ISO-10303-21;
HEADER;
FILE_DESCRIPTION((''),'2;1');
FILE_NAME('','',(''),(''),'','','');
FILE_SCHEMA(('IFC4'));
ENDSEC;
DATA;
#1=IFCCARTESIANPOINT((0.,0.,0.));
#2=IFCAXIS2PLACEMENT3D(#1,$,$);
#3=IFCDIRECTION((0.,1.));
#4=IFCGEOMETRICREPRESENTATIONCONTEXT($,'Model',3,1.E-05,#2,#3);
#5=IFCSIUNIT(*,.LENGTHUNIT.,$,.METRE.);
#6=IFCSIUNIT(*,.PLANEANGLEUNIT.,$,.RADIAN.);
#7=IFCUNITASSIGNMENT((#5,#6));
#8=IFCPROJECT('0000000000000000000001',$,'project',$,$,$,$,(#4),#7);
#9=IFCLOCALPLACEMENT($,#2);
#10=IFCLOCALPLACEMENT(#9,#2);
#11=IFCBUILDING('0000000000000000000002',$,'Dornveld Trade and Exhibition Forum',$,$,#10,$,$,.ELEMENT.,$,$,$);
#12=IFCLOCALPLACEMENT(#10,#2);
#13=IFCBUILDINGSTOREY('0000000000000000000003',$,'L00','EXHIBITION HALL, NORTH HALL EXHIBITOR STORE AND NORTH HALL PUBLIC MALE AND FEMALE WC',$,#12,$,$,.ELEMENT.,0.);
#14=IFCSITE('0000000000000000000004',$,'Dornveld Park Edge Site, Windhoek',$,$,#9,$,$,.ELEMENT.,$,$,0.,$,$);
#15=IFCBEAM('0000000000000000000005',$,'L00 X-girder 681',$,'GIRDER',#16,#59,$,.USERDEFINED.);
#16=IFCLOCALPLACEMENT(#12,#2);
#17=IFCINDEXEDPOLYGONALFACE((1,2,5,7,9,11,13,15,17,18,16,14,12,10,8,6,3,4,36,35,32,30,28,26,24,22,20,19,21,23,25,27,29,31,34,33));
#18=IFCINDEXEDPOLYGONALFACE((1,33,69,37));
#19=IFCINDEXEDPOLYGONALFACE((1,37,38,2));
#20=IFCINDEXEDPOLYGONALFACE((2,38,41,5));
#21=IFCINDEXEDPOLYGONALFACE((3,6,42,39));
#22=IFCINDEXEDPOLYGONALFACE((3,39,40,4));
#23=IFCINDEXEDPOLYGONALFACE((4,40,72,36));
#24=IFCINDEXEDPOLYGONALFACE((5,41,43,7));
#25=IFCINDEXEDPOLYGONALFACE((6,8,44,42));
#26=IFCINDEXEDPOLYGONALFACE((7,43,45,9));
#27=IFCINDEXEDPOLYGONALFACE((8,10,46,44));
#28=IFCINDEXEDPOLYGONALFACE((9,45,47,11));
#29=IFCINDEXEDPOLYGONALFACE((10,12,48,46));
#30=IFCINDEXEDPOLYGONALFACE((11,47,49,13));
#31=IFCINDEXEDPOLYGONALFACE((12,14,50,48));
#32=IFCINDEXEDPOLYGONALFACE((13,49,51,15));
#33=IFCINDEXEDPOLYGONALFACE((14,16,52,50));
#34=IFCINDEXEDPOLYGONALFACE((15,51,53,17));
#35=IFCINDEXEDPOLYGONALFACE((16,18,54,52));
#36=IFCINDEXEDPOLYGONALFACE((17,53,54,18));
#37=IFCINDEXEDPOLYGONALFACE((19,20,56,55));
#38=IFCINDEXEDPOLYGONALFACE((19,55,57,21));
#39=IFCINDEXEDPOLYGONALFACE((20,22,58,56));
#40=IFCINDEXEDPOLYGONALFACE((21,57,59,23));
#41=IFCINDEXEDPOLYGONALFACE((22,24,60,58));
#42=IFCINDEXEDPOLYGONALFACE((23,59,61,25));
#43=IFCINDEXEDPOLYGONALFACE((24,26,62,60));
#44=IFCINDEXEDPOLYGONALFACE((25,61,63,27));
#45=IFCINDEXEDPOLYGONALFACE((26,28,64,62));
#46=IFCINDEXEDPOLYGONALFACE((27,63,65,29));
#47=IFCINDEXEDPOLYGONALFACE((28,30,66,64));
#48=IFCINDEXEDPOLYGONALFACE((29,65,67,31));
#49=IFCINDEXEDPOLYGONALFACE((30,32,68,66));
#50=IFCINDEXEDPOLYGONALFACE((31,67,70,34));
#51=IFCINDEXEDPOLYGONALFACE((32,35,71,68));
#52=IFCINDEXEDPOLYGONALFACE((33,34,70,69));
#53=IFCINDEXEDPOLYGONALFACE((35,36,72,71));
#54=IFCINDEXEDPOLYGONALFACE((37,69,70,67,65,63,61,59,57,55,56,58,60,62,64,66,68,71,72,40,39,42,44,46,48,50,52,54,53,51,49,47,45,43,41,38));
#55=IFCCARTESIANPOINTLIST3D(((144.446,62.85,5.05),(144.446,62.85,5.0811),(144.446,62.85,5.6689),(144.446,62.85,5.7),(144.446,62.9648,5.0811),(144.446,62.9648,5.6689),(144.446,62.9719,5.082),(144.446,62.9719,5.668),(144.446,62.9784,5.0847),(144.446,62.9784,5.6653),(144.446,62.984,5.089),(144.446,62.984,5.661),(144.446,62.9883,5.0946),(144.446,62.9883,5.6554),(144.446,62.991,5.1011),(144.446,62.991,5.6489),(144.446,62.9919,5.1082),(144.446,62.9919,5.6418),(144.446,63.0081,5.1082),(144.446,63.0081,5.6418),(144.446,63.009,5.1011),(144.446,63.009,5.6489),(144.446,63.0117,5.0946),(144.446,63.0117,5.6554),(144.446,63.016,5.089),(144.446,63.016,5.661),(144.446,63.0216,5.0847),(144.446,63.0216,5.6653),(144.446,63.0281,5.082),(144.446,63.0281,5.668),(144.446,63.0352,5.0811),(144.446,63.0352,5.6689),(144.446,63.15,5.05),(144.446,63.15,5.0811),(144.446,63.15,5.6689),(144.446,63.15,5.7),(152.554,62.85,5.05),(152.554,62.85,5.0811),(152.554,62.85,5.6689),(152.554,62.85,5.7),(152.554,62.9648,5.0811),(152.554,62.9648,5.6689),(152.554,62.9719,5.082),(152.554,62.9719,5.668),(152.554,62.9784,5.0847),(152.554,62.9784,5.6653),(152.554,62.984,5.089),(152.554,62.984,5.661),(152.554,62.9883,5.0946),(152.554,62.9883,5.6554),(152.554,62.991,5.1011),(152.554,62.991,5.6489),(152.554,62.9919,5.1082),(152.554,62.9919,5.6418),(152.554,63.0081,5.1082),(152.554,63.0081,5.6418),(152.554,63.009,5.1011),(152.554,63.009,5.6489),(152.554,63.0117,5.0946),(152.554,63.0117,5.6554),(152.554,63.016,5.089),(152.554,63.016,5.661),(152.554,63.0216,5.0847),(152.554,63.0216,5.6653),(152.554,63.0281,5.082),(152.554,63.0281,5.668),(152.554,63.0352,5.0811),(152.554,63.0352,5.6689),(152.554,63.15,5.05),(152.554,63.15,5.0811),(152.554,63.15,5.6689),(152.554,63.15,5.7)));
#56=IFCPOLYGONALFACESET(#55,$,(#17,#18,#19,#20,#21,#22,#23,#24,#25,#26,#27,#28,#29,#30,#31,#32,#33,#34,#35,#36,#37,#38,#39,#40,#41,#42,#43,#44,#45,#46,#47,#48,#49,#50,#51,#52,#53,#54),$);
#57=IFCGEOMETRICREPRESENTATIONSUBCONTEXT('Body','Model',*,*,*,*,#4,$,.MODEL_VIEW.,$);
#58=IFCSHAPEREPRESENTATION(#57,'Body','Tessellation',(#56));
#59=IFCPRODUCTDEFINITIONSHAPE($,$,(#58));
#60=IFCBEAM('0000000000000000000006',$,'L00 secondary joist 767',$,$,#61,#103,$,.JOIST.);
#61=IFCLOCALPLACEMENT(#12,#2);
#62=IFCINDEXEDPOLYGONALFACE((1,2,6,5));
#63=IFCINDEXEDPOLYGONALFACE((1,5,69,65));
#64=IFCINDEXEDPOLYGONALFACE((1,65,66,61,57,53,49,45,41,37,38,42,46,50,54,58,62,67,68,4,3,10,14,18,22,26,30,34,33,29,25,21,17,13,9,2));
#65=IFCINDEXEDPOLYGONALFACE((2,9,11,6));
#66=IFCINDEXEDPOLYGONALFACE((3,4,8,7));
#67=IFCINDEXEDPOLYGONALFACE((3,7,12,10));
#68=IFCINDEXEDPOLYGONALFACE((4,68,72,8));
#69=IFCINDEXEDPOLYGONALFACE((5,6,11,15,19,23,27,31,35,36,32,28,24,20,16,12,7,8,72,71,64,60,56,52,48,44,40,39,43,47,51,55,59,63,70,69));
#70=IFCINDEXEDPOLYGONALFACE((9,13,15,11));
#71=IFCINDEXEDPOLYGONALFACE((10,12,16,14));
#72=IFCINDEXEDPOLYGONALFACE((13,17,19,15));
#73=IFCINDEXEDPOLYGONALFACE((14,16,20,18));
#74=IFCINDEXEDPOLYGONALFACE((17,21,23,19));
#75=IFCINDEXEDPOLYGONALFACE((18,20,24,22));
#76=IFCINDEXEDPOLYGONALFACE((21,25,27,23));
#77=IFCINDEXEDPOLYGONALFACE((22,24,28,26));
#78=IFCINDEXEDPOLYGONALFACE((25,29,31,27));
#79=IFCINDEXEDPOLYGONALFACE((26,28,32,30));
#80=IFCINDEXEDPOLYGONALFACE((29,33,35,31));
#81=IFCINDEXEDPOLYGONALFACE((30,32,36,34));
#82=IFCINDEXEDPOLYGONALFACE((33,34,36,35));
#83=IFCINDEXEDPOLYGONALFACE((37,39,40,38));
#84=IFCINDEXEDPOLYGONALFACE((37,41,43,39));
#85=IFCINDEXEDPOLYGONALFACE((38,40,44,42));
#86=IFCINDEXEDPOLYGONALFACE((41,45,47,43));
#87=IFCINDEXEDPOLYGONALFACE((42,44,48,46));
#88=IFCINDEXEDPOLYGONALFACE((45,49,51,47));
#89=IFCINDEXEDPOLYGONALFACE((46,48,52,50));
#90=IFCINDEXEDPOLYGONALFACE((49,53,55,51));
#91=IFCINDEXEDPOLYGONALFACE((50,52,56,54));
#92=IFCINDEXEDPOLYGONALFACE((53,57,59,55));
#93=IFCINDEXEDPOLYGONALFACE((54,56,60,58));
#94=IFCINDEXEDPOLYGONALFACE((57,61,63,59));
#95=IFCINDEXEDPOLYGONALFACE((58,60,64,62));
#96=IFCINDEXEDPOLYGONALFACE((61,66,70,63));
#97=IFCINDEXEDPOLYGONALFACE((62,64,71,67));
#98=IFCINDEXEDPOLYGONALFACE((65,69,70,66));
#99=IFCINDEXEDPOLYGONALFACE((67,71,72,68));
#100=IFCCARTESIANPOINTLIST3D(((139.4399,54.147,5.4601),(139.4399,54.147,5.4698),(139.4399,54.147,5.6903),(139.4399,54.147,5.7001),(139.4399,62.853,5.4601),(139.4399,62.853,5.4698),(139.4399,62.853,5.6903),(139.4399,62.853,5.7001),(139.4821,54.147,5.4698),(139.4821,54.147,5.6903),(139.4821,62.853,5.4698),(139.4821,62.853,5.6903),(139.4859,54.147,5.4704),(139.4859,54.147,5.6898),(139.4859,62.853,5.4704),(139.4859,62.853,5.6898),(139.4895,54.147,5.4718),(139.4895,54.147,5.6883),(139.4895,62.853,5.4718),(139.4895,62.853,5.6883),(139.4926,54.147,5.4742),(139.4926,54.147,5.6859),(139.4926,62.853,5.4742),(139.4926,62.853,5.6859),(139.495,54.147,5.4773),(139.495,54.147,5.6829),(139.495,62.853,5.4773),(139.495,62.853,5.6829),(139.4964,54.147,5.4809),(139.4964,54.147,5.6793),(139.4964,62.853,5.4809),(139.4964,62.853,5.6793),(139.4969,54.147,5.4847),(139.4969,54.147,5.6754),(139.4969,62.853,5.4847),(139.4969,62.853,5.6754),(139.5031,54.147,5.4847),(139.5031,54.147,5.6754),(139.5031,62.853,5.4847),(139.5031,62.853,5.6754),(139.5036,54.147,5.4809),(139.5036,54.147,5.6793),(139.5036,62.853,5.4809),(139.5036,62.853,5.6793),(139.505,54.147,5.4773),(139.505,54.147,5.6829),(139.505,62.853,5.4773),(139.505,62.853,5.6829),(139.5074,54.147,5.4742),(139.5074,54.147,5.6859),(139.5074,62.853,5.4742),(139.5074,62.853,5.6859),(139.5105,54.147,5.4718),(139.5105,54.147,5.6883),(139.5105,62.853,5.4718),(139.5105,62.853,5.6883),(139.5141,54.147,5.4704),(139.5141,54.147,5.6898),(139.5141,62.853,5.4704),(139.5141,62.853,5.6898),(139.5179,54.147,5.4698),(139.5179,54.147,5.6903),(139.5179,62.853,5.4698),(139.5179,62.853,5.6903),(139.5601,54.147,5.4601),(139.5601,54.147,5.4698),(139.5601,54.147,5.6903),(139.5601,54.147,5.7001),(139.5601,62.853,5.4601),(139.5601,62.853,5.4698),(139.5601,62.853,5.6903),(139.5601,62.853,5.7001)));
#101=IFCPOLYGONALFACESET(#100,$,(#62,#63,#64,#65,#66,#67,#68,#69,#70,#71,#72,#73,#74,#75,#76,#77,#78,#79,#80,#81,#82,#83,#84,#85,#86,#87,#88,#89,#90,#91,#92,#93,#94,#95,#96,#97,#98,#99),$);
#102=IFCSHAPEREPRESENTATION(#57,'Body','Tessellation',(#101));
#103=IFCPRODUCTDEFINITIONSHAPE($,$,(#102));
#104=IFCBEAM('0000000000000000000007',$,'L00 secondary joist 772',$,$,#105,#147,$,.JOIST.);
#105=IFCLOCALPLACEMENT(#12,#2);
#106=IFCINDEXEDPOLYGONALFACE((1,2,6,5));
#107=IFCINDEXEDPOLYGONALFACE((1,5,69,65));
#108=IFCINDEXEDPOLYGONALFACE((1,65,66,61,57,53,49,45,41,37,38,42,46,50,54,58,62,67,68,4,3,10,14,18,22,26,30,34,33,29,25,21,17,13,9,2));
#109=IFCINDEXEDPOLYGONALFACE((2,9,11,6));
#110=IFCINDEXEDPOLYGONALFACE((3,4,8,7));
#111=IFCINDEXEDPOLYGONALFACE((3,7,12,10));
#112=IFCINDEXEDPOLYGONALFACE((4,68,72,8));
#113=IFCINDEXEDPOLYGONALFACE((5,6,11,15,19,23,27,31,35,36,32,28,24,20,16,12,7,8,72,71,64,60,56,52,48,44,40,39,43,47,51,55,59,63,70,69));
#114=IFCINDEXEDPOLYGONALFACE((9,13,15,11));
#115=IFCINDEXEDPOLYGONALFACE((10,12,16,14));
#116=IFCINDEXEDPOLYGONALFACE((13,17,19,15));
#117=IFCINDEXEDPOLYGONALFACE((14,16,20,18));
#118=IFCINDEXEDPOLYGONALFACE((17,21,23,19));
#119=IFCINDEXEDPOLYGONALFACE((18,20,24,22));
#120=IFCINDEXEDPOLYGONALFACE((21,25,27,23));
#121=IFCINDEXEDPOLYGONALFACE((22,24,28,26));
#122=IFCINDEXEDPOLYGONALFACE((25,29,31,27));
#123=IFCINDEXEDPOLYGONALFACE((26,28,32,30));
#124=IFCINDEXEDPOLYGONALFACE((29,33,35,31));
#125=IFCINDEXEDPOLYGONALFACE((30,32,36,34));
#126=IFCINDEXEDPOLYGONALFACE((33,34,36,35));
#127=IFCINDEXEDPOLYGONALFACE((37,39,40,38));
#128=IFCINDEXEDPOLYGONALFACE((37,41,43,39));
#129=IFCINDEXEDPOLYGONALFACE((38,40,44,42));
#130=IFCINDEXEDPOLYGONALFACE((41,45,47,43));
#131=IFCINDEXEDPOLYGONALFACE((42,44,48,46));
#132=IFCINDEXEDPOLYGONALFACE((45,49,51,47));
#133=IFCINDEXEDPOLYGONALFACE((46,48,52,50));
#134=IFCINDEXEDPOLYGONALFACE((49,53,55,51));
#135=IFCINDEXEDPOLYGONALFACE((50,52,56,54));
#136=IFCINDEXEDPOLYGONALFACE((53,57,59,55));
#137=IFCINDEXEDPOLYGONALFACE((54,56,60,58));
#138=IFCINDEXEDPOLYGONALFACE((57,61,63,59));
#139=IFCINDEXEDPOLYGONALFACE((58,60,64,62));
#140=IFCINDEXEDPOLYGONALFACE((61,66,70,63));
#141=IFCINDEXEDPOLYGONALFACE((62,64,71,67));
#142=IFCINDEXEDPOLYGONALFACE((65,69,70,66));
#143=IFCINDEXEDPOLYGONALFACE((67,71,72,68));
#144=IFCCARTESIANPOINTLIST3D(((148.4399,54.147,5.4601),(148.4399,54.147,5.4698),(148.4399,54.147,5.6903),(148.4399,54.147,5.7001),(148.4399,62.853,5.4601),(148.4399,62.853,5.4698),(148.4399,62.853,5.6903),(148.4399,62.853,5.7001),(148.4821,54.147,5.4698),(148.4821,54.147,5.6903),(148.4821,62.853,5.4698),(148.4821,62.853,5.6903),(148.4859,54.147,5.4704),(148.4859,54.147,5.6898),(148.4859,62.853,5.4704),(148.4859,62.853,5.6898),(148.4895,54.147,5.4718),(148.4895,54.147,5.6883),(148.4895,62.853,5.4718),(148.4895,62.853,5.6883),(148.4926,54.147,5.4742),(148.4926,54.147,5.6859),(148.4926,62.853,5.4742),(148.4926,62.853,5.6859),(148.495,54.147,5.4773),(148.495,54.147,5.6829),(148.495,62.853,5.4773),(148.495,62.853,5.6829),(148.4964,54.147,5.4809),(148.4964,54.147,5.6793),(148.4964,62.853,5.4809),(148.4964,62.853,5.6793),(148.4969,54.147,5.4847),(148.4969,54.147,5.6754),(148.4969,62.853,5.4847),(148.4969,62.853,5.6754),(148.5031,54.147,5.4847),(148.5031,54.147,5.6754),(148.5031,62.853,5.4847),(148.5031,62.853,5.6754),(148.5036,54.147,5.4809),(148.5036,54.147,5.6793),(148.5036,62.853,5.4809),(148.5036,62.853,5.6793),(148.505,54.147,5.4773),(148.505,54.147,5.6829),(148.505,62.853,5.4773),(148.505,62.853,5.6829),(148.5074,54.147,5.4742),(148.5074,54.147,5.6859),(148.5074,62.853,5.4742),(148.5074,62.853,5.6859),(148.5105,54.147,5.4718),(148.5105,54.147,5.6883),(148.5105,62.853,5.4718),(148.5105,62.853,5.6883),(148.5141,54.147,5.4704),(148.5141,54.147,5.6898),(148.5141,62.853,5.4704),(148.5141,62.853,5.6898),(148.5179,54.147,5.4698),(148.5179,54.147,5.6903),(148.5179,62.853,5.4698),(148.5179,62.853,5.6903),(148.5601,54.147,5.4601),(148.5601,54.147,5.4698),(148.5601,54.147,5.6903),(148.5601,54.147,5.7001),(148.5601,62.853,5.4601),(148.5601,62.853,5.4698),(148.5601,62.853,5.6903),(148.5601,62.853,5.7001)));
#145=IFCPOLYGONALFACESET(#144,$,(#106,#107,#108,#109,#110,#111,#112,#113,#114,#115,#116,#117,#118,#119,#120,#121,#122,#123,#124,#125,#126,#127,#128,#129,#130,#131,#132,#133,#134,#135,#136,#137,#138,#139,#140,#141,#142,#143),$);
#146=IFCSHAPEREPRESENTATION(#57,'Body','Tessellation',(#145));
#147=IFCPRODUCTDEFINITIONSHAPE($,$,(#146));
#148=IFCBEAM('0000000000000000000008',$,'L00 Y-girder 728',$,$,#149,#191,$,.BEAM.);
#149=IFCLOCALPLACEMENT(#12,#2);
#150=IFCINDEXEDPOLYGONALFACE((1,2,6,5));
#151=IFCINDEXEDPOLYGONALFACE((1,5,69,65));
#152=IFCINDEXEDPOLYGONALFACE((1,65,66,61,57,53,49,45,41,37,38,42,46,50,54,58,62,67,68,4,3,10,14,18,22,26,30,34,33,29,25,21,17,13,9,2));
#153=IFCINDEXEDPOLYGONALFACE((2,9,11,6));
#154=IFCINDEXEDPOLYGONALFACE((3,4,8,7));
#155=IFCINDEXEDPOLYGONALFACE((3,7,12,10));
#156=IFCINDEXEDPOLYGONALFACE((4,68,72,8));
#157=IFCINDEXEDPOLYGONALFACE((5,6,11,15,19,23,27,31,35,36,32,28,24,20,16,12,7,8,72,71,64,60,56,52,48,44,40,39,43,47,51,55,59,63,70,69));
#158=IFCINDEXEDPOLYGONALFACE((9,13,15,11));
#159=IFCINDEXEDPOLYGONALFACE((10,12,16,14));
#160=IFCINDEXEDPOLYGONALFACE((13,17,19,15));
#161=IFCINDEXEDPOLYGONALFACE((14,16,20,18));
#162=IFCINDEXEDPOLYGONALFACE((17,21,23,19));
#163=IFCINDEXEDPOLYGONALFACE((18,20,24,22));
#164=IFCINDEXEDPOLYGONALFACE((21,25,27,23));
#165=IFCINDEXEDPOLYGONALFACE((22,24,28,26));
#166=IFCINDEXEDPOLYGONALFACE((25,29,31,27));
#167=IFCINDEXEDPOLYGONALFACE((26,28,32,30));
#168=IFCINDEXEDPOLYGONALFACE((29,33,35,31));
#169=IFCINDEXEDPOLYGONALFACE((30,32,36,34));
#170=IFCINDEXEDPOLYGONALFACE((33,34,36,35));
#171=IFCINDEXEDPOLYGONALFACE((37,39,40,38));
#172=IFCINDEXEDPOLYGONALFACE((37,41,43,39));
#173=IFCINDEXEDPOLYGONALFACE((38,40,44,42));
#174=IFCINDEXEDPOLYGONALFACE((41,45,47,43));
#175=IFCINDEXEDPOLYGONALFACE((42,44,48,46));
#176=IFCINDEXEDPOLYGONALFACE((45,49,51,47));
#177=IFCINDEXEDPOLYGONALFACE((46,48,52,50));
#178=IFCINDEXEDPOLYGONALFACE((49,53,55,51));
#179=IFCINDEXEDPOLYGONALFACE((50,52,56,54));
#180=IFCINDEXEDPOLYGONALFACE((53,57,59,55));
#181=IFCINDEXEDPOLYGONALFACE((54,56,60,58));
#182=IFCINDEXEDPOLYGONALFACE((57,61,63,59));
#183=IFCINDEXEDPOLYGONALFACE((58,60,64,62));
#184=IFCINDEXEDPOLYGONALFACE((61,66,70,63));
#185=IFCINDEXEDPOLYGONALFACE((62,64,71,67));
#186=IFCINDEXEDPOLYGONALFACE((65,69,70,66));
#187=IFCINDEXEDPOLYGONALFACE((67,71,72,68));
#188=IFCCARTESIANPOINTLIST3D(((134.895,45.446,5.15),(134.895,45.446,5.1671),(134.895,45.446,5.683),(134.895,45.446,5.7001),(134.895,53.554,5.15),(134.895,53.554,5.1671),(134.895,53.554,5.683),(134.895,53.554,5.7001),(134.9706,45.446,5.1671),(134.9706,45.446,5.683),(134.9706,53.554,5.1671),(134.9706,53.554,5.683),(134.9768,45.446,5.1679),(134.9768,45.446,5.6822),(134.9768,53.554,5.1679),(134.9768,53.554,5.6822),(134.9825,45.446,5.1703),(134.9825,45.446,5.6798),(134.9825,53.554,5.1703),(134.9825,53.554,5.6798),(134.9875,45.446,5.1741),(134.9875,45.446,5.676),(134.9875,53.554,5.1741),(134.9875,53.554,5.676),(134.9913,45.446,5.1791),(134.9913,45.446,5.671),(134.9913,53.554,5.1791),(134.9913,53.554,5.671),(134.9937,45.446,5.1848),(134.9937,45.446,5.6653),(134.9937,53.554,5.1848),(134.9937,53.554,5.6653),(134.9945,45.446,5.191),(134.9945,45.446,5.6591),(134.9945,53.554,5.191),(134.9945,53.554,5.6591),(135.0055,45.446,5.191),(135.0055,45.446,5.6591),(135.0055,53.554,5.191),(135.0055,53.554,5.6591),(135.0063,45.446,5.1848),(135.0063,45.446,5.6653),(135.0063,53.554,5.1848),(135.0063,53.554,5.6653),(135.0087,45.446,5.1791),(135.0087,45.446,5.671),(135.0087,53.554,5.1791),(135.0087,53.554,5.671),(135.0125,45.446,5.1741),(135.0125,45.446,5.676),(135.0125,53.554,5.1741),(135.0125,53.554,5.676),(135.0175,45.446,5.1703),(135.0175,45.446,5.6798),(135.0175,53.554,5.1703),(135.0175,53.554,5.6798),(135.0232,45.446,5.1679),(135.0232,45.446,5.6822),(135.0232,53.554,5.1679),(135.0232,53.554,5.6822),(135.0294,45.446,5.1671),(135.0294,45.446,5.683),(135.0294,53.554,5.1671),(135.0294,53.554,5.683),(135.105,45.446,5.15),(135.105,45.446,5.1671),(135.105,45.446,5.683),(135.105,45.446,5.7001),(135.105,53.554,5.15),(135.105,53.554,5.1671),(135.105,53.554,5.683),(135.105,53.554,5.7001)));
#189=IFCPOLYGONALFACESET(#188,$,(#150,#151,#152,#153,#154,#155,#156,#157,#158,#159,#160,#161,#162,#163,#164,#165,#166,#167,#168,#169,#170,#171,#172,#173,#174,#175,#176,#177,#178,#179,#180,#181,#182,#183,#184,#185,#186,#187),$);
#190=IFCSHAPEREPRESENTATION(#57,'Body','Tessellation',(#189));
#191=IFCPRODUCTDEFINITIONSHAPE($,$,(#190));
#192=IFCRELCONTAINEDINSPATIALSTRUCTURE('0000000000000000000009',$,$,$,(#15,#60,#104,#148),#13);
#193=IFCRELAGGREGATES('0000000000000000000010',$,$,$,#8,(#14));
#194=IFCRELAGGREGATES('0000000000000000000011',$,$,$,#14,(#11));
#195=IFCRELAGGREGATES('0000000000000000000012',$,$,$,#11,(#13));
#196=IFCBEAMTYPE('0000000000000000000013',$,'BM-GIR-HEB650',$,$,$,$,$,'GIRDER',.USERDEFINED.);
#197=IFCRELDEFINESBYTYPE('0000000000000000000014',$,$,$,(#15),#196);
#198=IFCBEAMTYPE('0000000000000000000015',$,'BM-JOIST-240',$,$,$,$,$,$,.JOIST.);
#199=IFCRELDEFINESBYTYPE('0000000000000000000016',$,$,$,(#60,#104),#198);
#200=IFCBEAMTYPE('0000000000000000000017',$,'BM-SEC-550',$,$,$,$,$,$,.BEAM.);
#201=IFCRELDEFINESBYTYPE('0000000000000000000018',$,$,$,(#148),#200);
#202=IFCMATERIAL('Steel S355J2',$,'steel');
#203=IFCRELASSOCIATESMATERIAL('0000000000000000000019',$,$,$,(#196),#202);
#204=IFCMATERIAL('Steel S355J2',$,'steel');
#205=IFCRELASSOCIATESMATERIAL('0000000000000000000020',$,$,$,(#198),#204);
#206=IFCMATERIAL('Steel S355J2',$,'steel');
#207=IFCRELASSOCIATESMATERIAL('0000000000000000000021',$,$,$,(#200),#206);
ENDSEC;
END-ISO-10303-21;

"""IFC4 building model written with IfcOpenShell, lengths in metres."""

from ifc_helpers import new_model, si_unit, direction, frame, origin, origin_2d, place, context, subcontext, project, spatial, i_section, extrude, material, material_profile, profile_set, type_object, element, save


model = new_model("IFC4")

# Units and contexts
model_context = context("Model", 3, precision=1e-05, world=origin(), true_north=direction((0.0, 1.0)))
body_context = subcontext(model_context, "Body", "Model", "MODEL_VIEW")
ifc_project = project(units=[si_unit("LENGTHUNIT", "METRE"), si_unit("PLANEANGLEUNIT", "RADIAN")], contexts=[model_context])

# Site, building, storey
site_placement = place(None, origin())
site = spatial("IfcSite", under=ifc_project, at=site_placement, Name="Dornveld Park Edge Site, Windhoek", CompositionType="ELEMENT", RefElevation=0.0)
building_placement = place(site_placement, origin())
building = spatial("IfcBuilding", under=site, at=building_placement, Name="Dornveld Trade and Exhibition Forum", CompositionType="ELEMENT")
storey_placement = place(building_placement, origin())
storey = spatial("IfcBuildingStorey", under=building, at=storey_placement, Name="L00", Description="EXHIBITION HALL, NORTH HALL EXHIBITOR STORE AND NORTH HALL PUBLIC MALE AND FEMALE WC", CompositionType="ELEMENT", Elevation=0.0)

# Beams
ifc_material_1 = material(Name="Steel S355J2", Category="steel")
ifc_material_profile_1 = material_profile(ifc_material_1, i_section(OverallWidth=0.3, OverallDepth=0.6499, WebThickness=0.0161, FlangeThickness=0.031, FilletRadius=0.0271, at=origin_2d()), Name="HEB 650")
ifc_profile_set_1 = profile_set([ifc_material_profile_1], Name="Steel S355J2")
beam_type_1 = type_object("IfcBeamType", Name="BM-GIR-HEB650", ElementType="GIRDER", PredefinedType="USERDEFINED", material=ifc_profile_set_1)
for number, where, z_axis, x_axis, name in (
    (1, (144.446, 63.0, 5.375), (1.0, 0.0, 0.0), (0.0, 1.0, 0.0), "L00 X-girder 681"),
):
    element("IfcBeam", number, at=place(storey_placement, frame(where, z_axis=z_axis, x_axis=x_axis)), inside=storey, type_object=beam_type_1, Name=name, ObjectType="GIRDER", PredefinedType="USERDEFINED", context=body_context, shape_type="SweptSolid", body=[
        extrude(i_section(OverallWidth=0.3, OverallDepth=0.6499, WebThickness=0.0161, FlangeThickness=0.031, FilletRadius=0.0271, at=origin_2d()), origin(), (0.0, 0.0, 1.0), 8.1079),
    ])
ifc_material_2 = material(Name="Steel S355J2", Category="steel")
ifc_material_profile_2 = material_profile(ifc_material_2, i_section(OverallWidth=0.1201, OverallDepth=0.24, WebThickness=0.0061, FlangeThickness=0.0098, FilletRadius=0.0149, at=origin_2d()), Name="IPE 240")
ifc_profile_set_2 = profile_set([ifc_material_profile_2], Name="Steel S355J2")
beam_type_2 = type_object("IfcBeamType", Name="BM-JOIST-240", PredefinedType="JOIST", material=ifc_profile_set_2)
for number, where, z_axis, x_axis, name in (
    (2, (139.5, 54.147, 5.5801), (0.0, 1.0, 0.0), (-1.0, 0.0, 0.0), "L00 secondary joist 767"),
    (3, (148.5, 54.147, 5.5801), (0.0, 1.0, 0.0), (-1.0, 0.0, 0.0), "L00 secondary joist 772"),
):
    element("IfcBeam", number, at=place(storey_placement, frame(where, z_axis=z_axis, x_axis=x_axis)), inside=storey, type_object=beam_type_2, Name=name, PredefinedType="JOIST", context=body_context, shape_type="SweptSolid", body=[
        extrude(i_section(OverallWidth=0.1201, OverallDepth=0.24, WebThickness=0.0061, FlangeThickness=0.0098, FilletRadius=0.0149, at=origin_2d()), origin(), (0.0, 0.0, 1.0), 8.7061),
    ])
ifc_material_3 = material(Name="Steel S355J2", Category="steel")
ifc_material_profile_3 = material_profile(ifc_material_3, i_section(OverallWidth=0.21, OverallDepth=0.55, WebThickness=0.011, FlangeThickness=0.0171, FilletRadius=0.0239, at=origin_2d()), Name="IPE 550")
ifc_profile_set_3 = profile_set([ifc_material_profile_3], Name="Steel S355J2")
beam_type_3 = type_object("IfcBeamType", Name="BM-SEC-550", PredefinedType="BEAM", material=ifc_profile_set_3)
for number, where, z_axis, x_axis, name in (
    (4, (135.0, 45.446, 5.425), (0.0, 1.0, 0.0), (-1.0, 0.0, 0.0), "L00 Y-girder 728"),
):
    element("IfcBeam", number, at=place(storey_placement, frame(where, z_axis=z_axis, x_axis=x_axis)), inside=storey, type_object=beam_type_3, Name=name, PredefinedType="BEAM", context=body_context, shape_type="SweptSolid", body=[
        extrude(i_section(OverallWidth=0.21, OverallDepth=0.55, WebThickness=0.011, FlangeThickness=0.0171, FilletRadius=0.0239, at=origin_2d()), origin(), (0.0, 0.0, 1.0), 8.1079),
    ])

save(model, "model.ifc")
